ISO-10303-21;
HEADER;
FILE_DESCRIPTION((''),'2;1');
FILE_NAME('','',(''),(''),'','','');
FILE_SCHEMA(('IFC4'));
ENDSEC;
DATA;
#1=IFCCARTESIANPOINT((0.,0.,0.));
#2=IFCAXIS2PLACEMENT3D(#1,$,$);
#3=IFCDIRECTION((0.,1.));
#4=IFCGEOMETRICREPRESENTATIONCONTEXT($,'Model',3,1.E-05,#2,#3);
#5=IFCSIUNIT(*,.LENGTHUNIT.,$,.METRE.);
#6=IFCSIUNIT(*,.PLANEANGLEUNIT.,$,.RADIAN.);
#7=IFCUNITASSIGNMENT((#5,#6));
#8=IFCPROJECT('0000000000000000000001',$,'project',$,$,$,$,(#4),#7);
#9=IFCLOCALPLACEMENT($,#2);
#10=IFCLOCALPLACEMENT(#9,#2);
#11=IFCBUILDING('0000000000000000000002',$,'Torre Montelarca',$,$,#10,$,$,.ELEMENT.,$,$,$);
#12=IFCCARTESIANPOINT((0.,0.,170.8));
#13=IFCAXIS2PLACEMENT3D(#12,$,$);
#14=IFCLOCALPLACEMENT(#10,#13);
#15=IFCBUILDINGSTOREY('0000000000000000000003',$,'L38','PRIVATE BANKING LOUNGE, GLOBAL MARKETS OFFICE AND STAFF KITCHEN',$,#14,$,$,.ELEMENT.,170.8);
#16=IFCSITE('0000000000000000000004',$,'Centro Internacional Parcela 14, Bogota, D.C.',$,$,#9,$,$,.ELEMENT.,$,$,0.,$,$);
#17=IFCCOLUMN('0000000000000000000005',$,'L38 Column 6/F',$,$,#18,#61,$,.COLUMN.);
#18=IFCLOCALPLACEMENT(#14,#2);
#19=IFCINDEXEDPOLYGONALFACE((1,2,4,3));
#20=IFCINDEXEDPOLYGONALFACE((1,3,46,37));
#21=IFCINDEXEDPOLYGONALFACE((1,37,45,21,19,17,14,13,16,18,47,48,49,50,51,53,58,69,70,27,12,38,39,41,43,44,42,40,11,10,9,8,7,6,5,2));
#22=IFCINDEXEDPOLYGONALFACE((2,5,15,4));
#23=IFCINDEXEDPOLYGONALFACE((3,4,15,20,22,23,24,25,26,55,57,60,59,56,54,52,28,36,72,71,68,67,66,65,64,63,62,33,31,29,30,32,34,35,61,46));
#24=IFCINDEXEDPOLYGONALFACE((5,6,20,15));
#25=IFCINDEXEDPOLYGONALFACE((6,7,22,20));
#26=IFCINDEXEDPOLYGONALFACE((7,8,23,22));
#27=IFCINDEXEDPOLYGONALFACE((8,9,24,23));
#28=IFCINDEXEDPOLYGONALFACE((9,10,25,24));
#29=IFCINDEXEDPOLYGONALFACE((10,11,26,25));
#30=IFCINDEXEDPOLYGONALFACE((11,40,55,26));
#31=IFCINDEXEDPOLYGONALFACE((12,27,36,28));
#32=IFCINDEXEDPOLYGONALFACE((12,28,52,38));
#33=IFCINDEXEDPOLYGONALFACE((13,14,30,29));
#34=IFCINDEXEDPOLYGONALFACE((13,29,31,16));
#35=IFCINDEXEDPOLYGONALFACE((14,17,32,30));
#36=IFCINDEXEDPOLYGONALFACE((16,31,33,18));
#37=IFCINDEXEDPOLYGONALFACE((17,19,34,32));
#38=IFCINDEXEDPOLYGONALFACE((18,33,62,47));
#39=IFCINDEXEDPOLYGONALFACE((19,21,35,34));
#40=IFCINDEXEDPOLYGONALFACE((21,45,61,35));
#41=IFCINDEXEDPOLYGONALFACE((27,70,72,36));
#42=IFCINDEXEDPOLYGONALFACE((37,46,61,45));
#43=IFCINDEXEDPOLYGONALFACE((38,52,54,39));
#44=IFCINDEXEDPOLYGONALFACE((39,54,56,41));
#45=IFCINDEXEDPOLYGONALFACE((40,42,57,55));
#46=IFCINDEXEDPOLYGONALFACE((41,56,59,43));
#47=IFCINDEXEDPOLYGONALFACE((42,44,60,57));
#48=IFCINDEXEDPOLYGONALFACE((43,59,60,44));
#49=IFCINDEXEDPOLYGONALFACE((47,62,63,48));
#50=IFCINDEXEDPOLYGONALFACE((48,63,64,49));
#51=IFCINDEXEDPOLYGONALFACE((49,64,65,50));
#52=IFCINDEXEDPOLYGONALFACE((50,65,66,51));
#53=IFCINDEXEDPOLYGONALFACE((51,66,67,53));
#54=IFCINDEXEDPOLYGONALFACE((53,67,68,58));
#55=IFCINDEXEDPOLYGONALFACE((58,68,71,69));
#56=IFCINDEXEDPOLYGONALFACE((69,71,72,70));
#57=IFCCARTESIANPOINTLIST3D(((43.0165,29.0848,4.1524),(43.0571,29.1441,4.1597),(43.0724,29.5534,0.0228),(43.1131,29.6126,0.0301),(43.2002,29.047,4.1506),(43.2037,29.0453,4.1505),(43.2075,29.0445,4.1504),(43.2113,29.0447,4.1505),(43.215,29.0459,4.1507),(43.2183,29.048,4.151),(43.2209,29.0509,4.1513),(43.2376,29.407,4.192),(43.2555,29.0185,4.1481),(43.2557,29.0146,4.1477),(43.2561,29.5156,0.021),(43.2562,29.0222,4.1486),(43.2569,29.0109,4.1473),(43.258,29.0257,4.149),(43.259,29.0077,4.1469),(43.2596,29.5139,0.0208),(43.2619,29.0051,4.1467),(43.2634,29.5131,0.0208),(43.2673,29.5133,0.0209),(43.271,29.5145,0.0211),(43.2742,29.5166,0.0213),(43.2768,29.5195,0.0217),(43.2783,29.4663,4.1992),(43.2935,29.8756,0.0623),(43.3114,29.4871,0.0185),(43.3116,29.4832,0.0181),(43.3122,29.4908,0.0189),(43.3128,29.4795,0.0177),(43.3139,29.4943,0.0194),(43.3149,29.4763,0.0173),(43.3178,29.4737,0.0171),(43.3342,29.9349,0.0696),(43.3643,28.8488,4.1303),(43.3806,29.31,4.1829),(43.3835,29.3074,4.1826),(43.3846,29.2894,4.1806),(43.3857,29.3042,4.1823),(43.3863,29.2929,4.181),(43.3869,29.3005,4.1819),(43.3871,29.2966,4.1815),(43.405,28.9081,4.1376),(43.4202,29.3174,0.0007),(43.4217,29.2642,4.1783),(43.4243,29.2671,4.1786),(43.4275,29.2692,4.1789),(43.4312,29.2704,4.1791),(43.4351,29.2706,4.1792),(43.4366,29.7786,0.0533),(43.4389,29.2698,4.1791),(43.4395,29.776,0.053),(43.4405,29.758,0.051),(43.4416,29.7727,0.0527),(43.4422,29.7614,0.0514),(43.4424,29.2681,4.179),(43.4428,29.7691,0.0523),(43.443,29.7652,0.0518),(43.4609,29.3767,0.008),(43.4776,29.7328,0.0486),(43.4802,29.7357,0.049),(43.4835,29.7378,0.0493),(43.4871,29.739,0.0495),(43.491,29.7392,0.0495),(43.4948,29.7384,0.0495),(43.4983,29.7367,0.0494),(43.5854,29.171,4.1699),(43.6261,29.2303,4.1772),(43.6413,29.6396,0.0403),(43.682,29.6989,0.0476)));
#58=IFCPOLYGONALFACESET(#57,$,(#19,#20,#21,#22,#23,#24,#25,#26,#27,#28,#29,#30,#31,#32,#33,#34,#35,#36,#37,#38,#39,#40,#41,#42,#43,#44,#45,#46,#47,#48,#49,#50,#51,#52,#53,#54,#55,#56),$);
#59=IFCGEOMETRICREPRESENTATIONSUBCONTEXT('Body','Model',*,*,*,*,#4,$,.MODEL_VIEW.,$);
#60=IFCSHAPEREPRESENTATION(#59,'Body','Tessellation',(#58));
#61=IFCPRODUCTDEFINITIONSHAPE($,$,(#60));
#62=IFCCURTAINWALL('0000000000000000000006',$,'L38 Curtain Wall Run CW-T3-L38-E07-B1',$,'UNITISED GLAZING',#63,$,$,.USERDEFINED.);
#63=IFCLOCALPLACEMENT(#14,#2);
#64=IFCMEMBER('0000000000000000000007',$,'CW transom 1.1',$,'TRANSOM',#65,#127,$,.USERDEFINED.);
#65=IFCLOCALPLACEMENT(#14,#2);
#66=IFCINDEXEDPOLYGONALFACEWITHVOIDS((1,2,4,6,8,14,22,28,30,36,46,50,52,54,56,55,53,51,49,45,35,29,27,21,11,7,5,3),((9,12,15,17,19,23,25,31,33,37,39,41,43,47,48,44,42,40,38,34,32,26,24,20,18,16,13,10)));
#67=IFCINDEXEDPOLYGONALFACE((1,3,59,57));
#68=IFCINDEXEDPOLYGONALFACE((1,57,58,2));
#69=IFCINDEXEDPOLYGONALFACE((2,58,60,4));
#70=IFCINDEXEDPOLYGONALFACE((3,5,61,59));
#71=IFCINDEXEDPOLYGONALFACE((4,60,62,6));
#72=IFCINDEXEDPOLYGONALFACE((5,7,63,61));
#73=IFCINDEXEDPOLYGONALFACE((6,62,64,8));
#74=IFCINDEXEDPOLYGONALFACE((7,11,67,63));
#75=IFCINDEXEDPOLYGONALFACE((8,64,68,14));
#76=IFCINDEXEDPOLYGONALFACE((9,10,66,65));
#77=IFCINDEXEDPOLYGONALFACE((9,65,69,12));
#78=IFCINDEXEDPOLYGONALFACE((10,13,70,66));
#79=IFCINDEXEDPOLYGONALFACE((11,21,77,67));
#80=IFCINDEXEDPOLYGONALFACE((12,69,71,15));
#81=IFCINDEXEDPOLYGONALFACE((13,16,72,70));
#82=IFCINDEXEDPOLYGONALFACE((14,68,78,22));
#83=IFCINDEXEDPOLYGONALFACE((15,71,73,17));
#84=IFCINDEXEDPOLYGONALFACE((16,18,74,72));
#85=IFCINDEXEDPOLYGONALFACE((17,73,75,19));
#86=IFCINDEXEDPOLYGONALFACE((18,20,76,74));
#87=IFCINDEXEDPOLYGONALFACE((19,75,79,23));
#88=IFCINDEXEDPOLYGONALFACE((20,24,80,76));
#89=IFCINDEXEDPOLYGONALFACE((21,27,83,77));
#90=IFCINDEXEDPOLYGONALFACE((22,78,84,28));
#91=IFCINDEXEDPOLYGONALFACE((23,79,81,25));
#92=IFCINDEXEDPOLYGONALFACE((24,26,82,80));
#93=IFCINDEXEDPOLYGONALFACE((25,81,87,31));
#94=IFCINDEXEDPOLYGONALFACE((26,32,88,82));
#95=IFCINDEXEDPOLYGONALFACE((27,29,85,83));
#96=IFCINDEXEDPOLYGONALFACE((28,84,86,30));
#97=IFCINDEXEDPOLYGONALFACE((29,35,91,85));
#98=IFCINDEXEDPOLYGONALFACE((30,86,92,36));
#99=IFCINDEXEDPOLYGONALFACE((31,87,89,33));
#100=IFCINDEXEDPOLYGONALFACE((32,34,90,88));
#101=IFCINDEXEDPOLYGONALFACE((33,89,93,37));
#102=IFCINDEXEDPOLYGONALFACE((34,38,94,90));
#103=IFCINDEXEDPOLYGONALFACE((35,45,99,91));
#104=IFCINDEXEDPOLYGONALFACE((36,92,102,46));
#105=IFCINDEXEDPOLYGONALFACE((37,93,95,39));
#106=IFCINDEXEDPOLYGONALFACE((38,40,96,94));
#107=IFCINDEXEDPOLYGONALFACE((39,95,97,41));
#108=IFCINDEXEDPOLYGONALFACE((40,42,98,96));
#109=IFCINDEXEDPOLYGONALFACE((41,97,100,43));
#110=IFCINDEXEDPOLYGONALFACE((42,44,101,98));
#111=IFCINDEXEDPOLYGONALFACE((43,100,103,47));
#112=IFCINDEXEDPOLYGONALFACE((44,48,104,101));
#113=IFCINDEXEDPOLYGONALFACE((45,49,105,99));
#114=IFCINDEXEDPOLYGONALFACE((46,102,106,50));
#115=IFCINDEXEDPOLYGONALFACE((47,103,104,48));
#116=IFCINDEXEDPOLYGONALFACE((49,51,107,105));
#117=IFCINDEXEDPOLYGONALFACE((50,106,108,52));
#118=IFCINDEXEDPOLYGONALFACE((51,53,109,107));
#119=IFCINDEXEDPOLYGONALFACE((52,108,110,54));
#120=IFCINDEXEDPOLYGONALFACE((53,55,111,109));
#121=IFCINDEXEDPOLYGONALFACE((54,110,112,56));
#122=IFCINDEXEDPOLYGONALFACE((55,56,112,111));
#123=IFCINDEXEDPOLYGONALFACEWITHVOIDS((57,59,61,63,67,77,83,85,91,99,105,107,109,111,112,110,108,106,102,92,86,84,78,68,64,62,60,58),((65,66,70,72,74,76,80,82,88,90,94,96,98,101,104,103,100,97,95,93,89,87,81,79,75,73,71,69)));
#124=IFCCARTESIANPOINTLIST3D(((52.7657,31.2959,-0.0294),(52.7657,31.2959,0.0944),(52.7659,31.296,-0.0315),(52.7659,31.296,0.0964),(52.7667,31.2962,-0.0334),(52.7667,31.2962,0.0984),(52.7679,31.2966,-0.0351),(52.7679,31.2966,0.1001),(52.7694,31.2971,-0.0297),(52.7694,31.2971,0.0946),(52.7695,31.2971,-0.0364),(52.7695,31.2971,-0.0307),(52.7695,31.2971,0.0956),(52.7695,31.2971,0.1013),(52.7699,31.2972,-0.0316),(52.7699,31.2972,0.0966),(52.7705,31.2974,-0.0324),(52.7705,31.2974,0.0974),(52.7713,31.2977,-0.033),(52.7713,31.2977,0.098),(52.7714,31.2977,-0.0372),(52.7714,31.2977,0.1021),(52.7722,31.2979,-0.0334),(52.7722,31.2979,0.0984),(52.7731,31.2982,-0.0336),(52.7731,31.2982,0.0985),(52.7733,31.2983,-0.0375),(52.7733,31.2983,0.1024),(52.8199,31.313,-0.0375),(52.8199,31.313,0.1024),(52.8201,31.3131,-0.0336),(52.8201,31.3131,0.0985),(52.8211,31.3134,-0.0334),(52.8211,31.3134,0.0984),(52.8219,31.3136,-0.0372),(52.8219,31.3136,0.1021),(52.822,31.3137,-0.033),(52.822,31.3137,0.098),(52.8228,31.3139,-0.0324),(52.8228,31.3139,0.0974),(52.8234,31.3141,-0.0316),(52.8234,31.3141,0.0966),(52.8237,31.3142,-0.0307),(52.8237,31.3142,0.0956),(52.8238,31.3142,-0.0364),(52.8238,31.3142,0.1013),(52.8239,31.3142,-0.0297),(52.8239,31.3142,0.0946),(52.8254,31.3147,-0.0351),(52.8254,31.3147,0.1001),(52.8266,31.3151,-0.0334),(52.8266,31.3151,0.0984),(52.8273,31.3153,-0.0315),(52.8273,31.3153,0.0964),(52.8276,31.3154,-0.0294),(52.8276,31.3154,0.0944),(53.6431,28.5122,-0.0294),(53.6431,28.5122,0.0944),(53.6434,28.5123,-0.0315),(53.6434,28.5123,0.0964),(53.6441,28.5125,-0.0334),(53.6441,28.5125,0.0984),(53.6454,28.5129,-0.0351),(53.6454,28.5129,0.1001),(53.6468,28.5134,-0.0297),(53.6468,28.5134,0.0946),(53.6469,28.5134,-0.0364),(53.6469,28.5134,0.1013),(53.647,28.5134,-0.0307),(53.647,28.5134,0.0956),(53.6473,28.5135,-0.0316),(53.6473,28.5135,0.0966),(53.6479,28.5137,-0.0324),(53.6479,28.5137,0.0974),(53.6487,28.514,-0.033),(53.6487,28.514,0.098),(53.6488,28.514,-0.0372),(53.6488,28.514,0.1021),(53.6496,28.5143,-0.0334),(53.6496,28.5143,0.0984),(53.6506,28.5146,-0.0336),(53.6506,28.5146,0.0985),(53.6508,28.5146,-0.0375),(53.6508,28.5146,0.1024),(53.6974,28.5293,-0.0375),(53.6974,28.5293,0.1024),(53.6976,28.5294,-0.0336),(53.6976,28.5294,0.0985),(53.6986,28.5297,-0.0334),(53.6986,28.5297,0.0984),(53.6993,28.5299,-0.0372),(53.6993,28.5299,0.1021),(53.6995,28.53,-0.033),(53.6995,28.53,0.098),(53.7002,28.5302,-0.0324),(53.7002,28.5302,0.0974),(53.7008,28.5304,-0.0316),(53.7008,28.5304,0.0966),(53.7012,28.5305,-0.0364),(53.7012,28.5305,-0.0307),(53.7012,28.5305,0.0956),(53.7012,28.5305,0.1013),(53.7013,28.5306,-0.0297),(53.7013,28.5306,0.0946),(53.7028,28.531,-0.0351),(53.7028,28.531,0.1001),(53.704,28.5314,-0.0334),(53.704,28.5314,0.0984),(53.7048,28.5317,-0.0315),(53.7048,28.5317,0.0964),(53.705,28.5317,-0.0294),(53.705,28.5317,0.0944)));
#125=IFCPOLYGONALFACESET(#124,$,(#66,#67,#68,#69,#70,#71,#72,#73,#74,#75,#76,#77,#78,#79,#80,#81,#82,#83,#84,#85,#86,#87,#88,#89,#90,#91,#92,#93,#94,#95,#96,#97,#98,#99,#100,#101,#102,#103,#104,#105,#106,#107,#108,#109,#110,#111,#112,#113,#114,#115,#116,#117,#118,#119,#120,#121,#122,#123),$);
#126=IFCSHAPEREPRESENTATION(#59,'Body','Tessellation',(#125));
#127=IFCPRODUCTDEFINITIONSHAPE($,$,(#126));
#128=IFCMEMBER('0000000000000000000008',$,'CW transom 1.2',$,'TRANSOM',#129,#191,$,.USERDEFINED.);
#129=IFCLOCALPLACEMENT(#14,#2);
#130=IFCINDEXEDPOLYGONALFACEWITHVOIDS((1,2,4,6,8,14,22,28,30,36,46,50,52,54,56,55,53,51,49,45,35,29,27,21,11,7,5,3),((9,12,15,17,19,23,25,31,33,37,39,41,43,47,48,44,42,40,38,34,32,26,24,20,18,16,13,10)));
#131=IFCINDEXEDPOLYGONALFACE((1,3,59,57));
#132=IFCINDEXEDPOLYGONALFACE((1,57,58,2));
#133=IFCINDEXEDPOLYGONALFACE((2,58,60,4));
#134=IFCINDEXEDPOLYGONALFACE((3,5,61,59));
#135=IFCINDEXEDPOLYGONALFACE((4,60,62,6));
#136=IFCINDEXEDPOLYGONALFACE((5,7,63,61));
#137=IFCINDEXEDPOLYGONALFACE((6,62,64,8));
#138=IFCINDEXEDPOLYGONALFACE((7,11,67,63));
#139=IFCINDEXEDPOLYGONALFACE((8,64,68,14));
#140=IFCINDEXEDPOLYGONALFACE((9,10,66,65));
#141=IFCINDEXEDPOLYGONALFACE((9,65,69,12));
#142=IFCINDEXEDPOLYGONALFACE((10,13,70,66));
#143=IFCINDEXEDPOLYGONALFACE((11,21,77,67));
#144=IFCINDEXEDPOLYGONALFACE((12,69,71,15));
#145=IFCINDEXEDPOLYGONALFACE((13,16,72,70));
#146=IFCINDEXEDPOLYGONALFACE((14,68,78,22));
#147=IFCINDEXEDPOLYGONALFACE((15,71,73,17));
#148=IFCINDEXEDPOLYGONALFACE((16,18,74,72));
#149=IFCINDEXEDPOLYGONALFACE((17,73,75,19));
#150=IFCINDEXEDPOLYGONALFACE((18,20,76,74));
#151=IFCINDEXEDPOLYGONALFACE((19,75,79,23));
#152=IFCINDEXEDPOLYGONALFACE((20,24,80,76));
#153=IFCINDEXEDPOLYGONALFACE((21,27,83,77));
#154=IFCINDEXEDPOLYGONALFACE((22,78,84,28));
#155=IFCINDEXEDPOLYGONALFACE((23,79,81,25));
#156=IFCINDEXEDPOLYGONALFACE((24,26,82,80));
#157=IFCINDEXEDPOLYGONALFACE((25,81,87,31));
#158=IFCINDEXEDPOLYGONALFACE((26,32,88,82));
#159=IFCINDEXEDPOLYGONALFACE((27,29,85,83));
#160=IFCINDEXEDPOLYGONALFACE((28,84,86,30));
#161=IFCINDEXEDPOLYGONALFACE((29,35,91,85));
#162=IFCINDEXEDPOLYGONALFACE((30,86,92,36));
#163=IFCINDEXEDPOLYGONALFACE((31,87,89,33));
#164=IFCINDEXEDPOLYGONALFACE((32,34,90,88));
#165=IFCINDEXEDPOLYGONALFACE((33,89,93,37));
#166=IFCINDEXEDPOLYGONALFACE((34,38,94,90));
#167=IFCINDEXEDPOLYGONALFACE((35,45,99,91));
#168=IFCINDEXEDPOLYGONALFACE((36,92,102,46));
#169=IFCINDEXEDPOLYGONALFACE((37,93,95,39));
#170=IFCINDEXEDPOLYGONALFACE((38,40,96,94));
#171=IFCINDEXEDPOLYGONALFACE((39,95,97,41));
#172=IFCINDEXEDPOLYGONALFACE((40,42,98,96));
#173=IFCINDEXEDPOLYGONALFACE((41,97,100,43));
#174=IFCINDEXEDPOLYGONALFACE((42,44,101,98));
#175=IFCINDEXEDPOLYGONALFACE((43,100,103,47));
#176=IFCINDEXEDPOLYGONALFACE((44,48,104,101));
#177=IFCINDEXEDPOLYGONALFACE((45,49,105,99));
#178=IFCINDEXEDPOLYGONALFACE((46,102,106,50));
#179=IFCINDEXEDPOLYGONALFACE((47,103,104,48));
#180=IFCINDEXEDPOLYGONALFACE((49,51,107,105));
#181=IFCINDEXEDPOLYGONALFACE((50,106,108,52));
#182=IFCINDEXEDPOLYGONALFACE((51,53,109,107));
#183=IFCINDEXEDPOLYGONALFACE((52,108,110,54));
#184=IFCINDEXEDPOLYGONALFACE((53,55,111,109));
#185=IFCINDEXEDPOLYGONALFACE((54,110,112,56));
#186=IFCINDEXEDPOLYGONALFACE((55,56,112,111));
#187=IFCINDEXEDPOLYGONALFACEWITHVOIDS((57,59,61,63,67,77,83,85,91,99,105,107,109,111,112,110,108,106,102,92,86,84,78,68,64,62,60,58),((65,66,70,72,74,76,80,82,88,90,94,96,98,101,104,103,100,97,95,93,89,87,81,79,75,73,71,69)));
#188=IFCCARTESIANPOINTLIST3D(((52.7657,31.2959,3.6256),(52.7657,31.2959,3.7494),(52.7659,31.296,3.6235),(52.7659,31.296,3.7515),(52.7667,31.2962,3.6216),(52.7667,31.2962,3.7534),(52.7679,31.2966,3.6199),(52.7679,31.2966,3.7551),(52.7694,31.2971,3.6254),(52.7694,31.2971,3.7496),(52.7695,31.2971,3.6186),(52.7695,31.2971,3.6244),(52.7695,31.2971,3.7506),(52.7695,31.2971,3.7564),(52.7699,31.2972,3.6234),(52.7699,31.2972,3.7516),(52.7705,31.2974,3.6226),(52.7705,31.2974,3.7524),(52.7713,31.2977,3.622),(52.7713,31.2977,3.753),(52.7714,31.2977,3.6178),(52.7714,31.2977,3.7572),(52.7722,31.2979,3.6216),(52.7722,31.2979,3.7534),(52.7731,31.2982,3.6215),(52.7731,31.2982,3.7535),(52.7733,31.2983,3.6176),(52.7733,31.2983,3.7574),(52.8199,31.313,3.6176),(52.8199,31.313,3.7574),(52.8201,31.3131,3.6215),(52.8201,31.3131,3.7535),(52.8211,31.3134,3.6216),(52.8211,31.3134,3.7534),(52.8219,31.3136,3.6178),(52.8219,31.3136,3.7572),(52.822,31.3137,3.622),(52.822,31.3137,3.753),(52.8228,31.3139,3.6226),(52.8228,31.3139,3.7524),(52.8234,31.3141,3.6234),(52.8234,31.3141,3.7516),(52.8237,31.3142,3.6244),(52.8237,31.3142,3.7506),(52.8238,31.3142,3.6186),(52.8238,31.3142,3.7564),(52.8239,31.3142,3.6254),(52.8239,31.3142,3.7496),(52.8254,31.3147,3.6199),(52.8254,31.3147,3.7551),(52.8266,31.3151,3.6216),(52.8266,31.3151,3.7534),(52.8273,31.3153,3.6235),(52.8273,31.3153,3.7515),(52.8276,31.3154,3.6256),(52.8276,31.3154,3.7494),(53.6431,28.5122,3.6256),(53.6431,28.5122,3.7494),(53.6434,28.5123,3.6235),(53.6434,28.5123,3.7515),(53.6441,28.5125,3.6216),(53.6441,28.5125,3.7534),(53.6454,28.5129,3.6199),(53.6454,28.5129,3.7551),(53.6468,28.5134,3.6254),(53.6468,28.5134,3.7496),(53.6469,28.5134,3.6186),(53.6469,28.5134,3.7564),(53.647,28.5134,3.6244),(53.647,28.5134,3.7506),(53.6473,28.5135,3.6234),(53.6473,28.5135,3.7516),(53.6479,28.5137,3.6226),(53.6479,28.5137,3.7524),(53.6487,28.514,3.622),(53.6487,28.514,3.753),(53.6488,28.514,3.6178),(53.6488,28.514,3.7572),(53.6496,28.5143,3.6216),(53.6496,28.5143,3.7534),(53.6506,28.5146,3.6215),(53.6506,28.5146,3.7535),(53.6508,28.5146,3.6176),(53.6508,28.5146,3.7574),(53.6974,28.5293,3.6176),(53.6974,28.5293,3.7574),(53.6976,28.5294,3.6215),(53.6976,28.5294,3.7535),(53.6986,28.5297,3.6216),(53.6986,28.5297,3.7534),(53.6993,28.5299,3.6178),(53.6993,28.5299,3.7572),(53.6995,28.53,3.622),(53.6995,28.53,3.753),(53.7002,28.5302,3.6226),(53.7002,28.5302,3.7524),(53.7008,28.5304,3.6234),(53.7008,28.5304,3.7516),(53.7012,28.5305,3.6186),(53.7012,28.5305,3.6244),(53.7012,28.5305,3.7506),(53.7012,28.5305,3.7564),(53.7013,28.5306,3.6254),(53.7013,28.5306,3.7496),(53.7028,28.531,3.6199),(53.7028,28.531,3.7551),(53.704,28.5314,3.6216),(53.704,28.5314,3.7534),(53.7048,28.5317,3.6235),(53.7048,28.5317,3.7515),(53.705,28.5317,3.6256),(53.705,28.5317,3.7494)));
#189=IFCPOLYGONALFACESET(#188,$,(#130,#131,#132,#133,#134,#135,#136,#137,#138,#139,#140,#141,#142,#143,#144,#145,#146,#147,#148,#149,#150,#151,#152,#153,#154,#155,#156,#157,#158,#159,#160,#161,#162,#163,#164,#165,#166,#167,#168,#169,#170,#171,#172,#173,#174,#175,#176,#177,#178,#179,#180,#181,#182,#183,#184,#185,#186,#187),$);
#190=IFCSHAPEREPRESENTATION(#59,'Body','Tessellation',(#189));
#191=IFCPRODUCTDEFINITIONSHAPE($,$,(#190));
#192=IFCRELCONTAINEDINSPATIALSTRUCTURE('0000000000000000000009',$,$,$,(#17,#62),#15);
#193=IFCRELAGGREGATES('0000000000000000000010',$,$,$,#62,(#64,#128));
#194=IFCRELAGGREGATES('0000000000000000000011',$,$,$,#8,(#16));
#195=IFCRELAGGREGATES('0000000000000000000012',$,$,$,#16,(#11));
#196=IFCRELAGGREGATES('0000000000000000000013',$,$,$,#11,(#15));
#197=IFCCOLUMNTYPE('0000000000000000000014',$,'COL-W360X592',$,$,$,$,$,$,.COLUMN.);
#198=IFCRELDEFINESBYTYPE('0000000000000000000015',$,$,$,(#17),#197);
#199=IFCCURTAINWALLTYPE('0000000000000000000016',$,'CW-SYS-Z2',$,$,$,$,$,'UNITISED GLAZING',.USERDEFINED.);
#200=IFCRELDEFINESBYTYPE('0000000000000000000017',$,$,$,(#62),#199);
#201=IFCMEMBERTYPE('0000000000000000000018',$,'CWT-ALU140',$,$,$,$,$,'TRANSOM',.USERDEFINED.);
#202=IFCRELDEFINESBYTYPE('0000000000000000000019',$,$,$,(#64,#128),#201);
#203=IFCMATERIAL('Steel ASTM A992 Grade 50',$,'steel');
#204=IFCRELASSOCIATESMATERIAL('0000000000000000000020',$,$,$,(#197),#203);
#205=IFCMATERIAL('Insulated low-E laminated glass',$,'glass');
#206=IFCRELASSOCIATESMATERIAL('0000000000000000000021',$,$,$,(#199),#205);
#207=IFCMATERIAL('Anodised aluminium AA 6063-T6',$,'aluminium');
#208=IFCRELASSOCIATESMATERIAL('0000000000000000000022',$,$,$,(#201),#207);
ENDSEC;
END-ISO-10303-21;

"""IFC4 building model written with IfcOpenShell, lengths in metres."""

from ifc_helpers import new_model, si_unit, direction, frame, origin, origin_2d, place, context, subcontext, project, spatial, hollow_rectangle, i_section, extrude, clip, halfspace, source, transform, mapped, material, material_profile, profile_set, type_object, element, aggregate, save


model = new_model("IFC4")

# Units and contexts
model_context = context("Model", 3, precision=1e-05, world=origin(), true_north=direction((0.0, 1.0)))
body_context = subcontext(model_context, "Body", "Model", "MODEL_VIEW")
ifc_project = project(units=[si_unit("LENGTHUNIT", "METRE"), si_unit("PLANEANGLEUNIT", "RADIAN")], contexts=[model_context])

# Site, building, storey
site_placement = place(None, origin())
site = spatial("IfcSite", under=ifc_project, at=site_placement, Name="Centro Internacional Parcela 14, Bogota, D.C.", CompositionType="ELEMENT", RefElevation=0.0)
building_placement = place(site_placement, origin())
building = spatial("IfcBuilding", under=site, at=building_placement, Name="Torre Montelarca", CompositionType="ELEMENT")
storey_placement = place(building_placement, frame((0.0, 0.0, 170.8)))
storey = spatial("IfcBuildingStorey", under=building, at=storey_placement, Name="L38", Description="PRIVATE BANKING LOUNGE, GLOBAL MARKETS OFFICE AND STAFF KITCHEN", CompositionType="ELEMENT", Elevation=170.8)

# Column
ifc_material_1 = material(Name="Steel ASTM A992 Grade 50", Category="steel")
ifc_material_profile_1 = material_profile(ifc_material_1, i_section(OverallWidth=0.4209, OverallDepth=0.4651, WebThickness=0.0449, FlangeThickness=0.0723, FilletRadius=0.0149, at=origin_2d()), Name="W360X592", Category="steel")
ifc_profile_set_1 = profile_set([ifc_material_profile_1], Name="Steel ASTM A992 Grade 50")
column_type_1 = type_object("IfcColumnType", Name="COL-W360X592", PredefinedType="COLUMN", material=ifc_profile_set_1)
column_1_placement = place(storey_placement, frame((43.3777, 29.6301, 0.0), z_axis=(-0.013457, -0.112735, 0.993534), x_axis=(-0.826384, 0.560661, 0.052425)))
element("IfcColumn", 1, at=column_1_placement, inside=storey, type_object=column_type_1, Name="L38 Column 6/F", PredefinedType="COLUMN", context=body_context, shape_type="Clipping", body=[
    clip(clip(extrude(i_section(OverallWidth=0.4209, OverallDepth=0.4651, WebThickness=0.0449, FlangeThickness=0.0723, FilletRadius=0.0149, at=origin_2d()), origin(), (0.0, 0.0, 1.0), 4.2273), halfspace(frame((0.0, 0.0, 0.0354), z_axis=(0.0, 0.0, -1.0), x_axis=(1.0, 0.0, 0.0)), False)), halfspace(frame((0.0, 0.0, 4.1919), z_axis=(0.0, 0.0, 1.0), x_axis=(1.0, 0.0, 0.0)), False)),
])

# Curtain wall, members
ifc_material_2 = material(Name="Insulated low-E laminated glass", Category="glass")
curtain_wall_type = type_object("IfcCurtainWallType", Name="CW-SYS-Z2", ElementType="UNITISED GLAZING", PredefinedType="USERDEFINED", material=ifc_material_2)
curtain_wall_1_placement = place(storey_placement, origin())
curtain_wall_1 = element("IfcCurtainWall", 2, at=curtain_wall_1_placement, inside=storey, type_object=curtain_wall_type, Name="L38 Curtain Wall Run CW-T3-L38-E07-B1", ObjectType="UNITISED GLAZING", PredefinedType="USERDEFINED")
ifc_material_3 = material(Name="Anodised aluminium AA 6063-T6", Category="aluminium")
ifc_material_profile_2 = material_profile(ifc_material_3, hollow_rectangle(XDim=0.0649, YDim=0.1399, WallThickness=0.0039, InnerFilletRadius=0.0039, OuterFilletRadius=0.0081, at=origin_2d()), Name="ALU65X140X4", Category="aluminium")
ifc_profile_set_2 = profile_set([ifc_material_profile_2], Name="Anodised aluminium AA 6063-T6")
member_type_1 = type_object("IfcMemberType", Name="CWT-ALU140", ElementType="TRANSOM", PredefinedType="USERDEFINED", material=ifc_profile_set_2)
shared_shape_1 = source(origin(), body_context, "Body", "SweptSolid", [
    extrude(hollow_rectangle(XDim=0.0649, YDim=0.1399, WallThickness=0.0039, InnerFilletRadius=0.0039, OuterFilletRadius=0.0081, at=origin_2d()), origin(), (0.0, 0.0, 1.0), 2.9187),
])
member_1_placement = place(storey_placement, frame((53.6741, 28.522, 0.0325), z_axis=(-0.300627, 0.953742, 0.0), x_axis=(-0.953742, -0.300627, 0.0)))
member_1 = element("IfcMember", 3, at=member_1_placement, type_object=member_type_1, Name="CW transom 1.1", ObjectType="TRANSOM", PredefinedType="USERDEFINED", context=body_context, shape_type="MappedRepresentation", body=[
    mapped(shared_shape_1, transform((0.0, 0.0, 0.0), scale=1.0)),
])
member_2_placement = place(storey_placement, frame((53.6741, 28.522, 3.6875), z_axis=(-0.300627, 0.953742, 0.0), x_axis=(-0.953742, -0.300627, 0.0)))
member_2 = element("IfcMember", 4, at=member_2_placement, type_object=member_type_1, Name="CW transom 1.2", ObjectType="TRANSOM", PredefinedType="USERDEFINED", context=body_context, shape_type="MappedRepresentation", body=[
    mapped(shared_shape_1, transform((0.0, 0.0, 0.0), scale=1.0)),
])

aggregate(curtain_wall_1, [member_1, member_2])

save(model, "model.ifc")
